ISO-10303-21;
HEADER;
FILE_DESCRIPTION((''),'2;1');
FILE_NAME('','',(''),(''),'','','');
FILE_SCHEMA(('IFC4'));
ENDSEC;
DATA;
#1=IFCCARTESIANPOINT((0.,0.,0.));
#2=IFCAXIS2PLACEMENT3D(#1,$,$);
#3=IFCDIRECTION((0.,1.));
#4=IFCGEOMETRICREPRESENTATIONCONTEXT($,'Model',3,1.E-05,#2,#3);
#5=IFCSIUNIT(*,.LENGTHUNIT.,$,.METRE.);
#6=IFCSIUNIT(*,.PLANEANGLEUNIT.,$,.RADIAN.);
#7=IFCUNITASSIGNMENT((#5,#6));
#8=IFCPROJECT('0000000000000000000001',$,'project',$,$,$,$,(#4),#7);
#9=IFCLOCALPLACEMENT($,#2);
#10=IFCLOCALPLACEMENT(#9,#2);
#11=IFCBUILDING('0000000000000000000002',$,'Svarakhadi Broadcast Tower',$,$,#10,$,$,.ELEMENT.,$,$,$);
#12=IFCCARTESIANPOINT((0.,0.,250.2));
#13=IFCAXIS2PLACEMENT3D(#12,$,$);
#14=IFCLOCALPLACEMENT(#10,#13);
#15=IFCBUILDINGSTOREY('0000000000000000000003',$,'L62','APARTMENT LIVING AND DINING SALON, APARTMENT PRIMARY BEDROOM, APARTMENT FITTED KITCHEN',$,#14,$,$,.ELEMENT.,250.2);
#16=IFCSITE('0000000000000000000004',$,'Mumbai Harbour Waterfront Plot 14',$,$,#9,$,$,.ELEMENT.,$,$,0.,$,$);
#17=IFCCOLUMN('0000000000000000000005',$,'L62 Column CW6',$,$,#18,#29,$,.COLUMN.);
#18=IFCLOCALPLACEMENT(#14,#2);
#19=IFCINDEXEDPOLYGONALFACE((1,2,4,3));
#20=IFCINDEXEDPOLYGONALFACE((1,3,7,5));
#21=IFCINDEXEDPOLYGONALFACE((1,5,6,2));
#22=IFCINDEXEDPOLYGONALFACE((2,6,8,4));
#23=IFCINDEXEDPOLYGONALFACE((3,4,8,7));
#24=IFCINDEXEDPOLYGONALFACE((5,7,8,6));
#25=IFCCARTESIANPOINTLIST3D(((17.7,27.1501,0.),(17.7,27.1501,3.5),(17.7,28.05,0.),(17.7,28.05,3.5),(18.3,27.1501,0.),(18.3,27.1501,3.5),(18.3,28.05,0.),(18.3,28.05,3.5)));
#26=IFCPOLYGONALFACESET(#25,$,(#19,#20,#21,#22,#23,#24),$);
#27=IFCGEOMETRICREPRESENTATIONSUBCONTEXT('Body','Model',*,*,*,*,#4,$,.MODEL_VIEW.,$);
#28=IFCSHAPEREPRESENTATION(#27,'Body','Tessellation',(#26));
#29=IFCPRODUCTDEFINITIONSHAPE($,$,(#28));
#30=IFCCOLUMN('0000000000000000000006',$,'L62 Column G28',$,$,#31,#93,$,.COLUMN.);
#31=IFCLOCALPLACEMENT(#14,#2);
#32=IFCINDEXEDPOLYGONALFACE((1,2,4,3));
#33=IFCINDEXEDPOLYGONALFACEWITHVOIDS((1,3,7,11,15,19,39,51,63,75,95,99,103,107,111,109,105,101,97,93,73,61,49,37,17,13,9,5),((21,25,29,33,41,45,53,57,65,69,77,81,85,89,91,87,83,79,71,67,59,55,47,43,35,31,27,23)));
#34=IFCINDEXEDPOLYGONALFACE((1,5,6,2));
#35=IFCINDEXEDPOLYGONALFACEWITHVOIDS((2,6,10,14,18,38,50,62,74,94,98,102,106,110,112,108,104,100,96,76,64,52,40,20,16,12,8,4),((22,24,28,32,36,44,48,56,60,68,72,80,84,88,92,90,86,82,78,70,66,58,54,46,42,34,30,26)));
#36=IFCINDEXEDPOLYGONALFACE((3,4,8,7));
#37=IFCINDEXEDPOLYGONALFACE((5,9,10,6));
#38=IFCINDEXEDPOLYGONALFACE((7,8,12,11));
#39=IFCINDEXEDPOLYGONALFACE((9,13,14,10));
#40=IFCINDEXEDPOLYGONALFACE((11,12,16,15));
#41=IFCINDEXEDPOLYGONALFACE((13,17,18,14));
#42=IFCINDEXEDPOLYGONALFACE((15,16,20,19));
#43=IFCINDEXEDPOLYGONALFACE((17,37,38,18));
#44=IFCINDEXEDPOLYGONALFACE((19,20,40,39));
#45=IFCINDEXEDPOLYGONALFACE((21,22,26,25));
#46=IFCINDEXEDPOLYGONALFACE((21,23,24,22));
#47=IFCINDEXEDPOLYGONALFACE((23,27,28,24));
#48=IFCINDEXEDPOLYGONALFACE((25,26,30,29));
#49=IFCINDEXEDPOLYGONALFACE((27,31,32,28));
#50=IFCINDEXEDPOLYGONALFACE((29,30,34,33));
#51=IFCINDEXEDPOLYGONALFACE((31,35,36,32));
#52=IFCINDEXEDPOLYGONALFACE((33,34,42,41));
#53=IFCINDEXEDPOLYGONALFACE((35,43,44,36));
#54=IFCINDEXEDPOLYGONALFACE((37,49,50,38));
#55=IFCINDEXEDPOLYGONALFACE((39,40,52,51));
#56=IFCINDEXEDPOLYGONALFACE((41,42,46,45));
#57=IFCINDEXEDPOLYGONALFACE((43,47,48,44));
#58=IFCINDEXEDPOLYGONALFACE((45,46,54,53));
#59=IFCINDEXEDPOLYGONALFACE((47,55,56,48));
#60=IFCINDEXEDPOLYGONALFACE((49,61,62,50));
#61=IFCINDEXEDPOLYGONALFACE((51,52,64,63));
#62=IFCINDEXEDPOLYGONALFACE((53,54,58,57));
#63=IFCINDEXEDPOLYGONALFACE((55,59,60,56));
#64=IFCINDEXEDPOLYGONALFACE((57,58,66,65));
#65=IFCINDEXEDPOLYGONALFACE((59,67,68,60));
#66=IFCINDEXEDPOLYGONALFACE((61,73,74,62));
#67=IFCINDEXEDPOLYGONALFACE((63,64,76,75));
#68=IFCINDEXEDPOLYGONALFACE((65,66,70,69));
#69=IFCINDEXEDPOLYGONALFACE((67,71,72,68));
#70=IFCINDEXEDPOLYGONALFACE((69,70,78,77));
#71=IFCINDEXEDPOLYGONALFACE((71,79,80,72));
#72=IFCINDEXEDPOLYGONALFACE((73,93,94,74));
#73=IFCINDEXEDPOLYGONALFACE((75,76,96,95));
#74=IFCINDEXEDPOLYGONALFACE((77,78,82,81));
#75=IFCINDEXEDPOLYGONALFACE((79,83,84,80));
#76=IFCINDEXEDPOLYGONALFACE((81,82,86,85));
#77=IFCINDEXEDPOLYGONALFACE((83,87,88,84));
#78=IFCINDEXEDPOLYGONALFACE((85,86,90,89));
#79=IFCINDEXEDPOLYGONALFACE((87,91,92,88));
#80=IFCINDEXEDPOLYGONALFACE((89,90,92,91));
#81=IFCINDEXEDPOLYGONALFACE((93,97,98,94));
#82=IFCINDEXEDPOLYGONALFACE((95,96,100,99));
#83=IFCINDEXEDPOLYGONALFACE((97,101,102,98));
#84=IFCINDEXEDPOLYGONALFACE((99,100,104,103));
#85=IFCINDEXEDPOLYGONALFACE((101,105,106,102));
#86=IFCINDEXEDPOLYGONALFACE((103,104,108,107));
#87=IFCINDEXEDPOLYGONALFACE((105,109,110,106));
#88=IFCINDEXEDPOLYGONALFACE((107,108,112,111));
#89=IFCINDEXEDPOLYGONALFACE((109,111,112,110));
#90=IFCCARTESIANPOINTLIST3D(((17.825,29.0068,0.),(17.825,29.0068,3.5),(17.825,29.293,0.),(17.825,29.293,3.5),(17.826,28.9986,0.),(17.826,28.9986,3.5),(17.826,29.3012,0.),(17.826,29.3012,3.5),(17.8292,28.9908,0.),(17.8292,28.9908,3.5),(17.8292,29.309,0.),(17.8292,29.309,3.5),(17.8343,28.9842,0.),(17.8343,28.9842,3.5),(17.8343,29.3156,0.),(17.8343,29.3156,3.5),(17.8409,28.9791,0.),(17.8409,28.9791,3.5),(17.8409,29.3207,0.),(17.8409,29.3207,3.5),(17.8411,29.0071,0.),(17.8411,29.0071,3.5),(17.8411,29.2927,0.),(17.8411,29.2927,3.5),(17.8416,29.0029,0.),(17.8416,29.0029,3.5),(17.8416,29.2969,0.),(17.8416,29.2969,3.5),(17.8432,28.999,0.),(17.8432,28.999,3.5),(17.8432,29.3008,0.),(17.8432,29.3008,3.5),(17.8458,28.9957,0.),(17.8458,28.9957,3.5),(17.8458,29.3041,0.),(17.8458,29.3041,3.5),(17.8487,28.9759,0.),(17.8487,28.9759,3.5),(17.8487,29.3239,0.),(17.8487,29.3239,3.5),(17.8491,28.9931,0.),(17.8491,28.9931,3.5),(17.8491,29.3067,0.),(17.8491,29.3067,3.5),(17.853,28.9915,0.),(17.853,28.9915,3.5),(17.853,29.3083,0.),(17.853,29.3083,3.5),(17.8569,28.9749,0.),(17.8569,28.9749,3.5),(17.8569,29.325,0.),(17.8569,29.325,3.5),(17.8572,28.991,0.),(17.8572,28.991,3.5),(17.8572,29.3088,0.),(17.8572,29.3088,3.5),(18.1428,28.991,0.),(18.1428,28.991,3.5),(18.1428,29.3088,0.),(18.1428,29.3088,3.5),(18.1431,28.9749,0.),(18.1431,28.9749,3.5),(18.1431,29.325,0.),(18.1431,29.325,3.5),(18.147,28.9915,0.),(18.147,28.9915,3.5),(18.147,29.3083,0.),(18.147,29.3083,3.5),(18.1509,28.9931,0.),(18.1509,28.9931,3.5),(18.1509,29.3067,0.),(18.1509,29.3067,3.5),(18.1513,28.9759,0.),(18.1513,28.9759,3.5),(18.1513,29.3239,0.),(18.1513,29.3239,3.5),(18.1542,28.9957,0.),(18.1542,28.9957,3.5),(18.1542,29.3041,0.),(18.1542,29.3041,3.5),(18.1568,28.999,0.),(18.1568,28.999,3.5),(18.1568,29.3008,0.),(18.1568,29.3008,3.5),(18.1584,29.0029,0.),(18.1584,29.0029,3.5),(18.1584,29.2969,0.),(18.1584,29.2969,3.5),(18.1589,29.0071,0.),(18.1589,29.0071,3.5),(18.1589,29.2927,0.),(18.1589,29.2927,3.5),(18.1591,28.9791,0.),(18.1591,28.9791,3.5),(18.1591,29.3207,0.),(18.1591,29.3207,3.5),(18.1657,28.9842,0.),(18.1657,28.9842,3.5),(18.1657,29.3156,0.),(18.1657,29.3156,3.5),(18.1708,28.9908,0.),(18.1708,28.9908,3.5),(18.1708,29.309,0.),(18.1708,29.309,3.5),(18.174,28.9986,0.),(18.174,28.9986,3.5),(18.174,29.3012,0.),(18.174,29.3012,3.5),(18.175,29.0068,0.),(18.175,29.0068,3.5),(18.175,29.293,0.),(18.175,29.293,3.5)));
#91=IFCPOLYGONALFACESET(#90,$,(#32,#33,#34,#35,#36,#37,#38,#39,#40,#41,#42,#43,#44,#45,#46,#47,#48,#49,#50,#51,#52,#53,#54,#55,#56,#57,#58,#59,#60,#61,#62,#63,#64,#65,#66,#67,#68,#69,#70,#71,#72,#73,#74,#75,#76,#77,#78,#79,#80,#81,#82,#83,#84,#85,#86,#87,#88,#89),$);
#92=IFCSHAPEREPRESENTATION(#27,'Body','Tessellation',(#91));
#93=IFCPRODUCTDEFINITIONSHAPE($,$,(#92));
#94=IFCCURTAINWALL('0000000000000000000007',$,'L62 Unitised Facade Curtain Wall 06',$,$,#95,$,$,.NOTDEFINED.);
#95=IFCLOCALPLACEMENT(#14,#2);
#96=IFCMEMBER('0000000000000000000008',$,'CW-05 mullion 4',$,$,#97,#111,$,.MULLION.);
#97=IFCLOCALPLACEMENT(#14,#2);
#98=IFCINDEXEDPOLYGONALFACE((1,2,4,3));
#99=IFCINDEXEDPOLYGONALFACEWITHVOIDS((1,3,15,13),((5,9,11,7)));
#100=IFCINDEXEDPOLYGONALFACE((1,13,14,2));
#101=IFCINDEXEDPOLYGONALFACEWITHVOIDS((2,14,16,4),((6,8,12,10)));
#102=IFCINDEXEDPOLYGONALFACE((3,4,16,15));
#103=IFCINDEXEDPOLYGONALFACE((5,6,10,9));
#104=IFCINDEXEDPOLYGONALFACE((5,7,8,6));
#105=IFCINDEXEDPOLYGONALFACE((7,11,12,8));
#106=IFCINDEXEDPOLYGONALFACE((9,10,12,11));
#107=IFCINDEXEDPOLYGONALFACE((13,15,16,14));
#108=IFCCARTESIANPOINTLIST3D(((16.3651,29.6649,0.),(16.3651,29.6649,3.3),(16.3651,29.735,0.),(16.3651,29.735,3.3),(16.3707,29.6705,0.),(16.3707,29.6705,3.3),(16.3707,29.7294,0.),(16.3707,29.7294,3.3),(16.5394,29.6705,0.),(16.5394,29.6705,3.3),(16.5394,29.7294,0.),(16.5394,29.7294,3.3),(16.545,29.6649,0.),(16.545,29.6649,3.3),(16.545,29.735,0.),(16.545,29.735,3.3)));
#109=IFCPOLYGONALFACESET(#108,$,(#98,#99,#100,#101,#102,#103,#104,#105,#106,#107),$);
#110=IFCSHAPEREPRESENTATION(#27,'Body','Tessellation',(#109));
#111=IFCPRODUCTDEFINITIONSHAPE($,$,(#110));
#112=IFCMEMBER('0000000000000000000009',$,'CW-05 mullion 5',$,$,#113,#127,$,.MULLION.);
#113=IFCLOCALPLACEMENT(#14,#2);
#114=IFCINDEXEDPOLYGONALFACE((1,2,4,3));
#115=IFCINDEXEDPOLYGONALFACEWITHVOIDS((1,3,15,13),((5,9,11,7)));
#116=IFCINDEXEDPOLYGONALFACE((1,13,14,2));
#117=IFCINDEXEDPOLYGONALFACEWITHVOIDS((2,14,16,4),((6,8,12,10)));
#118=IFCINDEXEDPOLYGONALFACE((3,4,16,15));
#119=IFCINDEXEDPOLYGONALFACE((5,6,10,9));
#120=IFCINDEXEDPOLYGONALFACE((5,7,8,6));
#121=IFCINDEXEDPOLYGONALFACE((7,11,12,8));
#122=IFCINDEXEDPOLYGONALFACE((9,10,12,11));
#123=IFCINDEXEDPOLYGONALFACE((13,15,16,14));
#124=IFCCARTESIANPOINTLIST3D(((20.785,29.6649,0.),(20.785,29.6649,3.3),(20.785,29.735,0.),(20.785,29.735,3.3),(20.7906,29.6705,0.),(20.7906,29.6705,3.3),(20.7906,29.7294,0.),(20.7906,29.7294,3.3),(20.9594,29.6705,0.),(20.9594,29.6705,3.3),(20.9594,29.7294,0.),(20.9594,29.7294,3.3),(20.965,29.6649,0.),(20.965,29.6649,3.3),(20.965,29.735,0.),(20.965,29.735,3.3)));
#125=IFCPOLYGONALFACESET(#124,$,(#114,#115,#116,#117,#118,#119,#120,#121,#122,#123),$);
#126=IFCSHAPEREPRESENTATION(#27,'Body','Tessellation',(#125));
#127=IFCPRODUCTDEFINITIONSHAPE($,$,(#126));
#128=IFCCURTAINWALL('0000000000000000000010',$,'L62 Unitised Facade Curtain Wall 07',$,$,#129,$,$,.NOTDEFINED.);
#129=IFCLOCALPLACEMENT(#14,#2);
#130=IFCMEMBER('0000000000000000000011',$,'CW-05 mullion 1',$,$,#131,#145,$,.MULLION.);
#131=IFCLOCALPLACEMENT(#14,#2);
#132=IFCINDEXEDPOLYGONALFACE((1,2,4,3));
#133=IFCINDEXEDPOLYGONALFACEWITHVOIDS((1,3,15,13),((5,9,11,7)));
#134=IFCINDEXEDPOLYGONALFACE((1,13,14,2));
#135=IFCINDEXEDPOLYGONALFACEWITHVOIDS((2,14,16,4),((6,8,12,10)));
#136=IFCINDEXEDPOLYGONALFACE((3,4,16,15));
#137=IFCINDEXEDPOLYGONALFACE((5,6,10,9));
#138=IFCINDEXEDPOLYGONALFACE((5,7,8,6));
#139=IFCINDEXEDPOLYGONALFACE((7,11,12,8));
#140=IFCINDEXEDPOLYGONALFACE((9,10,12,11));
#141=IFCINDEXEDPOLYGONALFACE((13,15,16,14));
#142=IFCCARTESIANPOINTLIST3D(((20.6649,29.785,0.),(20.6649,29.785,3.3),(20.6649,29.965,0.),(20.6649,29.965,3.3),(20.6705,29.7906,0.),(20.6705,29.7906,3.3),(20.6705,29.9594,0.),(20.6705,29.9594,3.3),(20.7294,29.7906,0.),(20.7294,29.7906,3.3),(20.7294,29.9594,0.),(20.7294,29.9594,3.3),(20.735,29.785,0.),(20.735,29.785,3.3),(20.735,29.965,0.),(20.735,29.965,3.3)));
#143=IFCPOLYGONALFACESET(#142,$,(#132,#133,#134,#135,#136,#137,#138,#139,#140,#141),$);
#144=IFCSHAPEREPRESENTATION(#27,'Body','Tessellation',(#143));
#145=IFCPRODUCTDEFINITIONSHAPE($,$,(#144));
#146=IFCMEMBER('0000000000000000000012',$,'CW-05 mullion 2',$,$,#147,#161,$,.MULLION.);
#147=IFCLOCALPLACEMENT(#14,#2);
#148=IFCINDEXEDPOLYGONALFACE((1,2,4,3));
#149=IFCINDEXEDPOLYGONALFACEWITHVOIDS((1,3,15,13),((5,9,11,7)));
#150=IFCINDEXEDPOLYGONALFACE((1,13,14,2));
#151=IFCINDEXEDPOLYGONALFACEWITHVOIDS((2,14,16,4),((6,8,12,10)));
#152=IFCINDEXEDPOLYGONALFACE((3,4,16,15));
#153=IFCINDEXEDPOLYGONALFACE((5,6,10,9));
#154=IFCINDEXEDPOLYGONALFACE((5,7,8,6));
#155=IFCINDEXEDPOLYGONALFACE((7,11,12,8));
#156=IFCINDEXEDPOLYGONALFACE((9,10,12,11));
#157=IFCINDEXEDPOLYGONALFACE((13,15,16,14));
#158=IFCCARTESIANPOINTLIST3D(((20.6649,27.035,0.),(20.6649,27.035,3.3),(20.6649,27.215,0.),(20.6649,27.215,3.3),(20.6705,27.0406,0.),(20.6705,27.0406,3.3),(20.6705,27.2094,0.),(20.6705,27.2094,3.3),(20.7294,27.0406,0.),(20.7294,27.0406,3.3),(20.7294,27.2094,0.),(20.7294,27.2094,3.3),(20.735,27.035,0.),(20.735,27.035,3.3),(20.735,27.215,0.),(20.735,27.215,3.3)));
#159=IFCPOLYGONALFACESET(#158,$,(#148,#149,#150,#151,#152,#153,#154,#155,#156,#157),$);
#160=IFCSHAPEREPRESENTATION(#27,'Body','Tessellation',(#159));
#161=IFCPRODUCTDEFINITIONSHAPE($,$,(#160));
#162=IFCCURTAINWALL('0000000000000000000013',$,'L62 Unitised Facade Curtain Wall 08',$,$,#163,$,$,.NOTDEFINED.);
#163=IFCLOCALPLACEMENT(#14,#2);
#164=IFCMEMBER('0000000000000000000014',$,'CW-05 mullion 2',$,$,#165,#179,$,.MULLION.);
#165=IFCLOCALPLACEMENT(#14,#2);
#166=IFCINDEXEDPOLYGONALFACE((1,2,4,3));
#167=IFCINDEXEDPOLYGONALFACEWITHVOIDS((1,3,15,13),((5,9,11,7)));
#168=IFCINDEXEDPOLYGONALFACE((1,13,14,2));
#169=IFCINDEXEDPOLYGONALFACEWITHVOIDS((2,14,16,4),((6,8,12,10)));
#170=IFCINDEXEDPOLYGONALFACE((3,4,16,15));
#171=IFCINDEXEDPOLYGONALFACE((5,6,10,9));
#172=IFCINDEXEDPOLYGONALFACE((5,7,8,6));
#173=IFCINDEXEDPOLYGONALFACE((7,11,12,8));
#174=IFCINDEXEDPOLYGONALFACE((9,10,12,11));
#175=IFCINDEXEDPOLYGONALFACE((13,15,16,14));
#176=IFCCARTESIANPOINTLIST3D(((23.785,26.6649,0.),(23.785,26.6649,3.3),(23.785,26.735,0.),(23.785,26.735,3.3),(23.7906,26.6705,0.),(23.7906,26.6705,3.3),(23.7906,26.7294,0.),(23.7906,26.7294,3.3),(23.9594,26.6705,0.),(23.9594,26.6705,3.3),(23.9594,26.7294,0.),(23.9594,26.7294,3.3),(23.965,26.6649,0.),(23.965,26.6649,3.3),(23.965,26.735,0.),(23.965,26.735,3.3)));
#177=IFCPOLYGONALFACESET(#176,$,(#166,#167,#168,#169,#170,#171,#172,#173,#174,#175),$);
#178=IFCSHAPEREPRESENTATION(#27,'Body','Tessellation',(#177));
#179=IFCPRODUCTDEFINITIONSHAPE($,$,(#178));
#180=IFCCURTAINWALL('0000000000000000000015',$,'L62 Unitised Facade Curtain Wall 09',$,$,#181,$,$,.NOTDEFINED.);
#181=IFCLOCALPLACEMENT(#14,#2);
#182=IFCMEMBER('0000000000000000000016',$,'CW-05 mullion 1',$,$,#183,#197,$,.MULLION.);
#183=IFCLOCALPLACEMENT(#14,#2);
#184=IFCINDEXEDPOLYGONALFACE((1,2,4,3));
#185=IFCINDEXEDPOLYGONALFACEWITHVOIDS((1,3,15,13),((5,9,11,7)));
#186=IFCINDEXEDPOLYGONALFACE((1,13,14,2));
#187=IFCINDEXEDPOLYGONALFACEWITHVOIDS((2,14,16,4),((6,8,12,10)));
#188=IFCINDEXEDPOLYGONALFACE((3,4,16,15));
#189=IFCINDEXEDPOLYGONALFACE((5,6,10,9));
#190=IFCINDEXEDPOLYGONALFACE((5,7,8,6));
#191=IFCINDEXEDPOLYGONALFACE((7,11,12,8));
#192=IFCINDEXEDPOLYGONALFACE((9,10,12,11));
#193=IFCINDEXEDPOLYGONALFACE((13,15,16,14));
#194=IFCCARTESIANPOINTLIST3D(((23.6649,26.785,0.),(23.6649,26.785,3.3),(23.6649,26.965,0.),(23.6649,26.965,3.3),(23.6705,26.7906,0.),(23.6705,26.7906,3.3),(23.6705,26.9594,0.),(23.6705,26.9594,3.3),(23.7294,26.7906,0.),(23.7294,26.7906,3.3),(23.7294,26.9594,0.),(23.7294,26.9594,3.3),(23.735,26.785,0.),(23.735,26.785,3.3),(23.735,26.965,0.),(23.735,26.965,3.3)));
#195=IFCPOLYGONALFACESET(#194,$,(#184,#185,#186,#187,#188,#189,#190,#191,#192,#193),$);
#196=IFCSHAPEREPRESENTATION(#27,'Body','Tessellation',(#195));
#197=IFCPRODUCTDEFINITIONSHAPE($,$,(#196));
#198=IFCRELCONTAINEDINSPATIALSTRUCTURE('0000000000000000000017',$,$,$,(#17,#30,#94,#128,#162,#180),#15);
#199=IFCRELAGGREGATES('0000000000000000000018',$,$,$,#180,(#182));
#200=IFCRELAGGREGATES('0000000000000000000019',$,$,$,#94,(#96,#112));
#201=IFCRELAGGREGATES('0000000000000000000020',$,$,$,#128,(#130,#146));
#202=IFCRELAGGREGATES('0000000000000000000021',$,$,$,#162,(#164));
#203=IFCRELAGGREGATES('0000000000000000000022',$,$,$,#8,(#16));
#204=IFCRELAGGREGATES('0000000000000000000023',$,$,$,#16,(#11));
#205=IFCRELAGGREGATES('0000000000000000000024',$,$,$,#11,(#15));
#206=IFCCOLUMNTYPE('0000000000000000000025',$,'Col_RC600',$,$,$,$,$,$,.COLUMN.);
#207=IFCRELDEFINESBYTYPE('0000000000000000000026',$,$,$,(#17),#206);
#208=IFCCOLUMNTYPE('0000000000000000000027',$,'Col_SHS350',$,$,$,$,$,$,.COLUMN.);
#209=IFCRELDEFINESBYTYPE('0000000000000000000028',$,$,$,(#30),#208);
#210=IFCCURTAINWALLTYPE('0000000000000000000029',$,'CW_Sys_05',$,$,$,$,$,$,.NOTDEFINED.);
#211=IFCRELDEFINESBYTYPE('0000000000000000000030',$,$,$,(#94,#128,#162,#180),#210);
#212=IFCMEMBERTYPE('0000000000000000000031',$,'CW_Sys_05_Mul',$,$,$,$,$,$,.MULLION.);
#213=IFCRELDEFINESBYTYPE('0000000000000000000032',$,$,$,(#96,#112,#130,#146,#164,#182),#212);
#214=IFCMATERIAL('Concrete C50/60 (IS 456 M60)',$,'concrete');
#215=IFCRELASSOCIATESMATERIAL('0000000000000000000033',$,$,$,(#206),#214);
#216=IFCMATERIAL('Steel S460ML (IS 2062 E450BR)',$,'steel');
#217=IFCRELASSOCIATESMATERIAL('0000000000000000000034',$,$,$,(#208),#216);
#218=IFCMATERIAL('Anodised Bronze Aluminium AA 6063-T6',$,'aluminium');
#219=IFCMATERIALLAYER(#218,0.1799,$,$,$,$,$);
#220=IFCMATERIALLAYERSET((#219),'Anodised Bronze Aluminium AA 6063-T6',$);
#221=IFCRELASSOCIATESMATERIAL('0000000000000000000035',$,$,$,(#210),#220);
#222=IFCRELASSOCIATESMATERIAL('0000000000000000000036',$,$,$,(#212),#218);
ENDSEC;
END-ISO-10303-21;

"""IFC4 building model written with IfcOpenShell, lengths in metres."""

from ifc_helpers import new_model, si_unit, direction, frame, origin, origin_2d, place, context, subcontext, project, spatial, rectangle, hollow_rectangle, extrude, material, layer, layer_set, material_profile, profile_set, type_object, element, aggregate, save


model = new_model("IFC4")

# Units and contexts
model_context = context("Model", 3, precision=1e-05, world=origin(), true_north=direction((0.0, 1.0)))
body_context = subcontext(model_context, "Body", "Model", "MODEL_VIEW")
ifc_project = project(units=[si_unit("LENGTHUNIT", "METRE"), si_unit("PLANEANGLEUNIT", "RADIAN")], contexts=[model_context])

# Site, building, storey
site_placement = place(None, origin())
site = spatial("IfcSite", under=ifc_project, at=site_placement, Name="Mumbai Harbour Waterfront Plot 14", CompositionType="ELEMENT", RefElevation=0.0)
building_placement = place(site_placement, origin())
building = spatial("IfcBuilding", under=site, at=building_placement, Name="Svarakhadi Broadcast Tower", CompositionType="ELEMENT")
storey_placement = place(building_placement, frame((0.0, 0.0, 250.2)))
storey = spatial("IfcBuildingStorey", under=building, at=storey_placement, Name="L62", Description="APARTMENT LIVING AND DINING SALON, APARTMENT PRIMARY BEDROOM, APARTMENT FITTED KITCHEN", CompositionType="ELEMENT", Elevation=250.2)

# Columns
ifc_material_1 = material(Name="Concrete C50/60 (IS 456 M60)", Category="concrete")
ifc_material_profile_1 = material_profile(ifc_material_1, rectangle(XDim=0.6001, YDim=0.8999, at=origin_2d()), Name="RC 600x900")
ifc_profile_set_1 = profile_set([ifc_material_profile_1], Name="Concrete C50/60 (IS 456 M60)")
column_type_1 = type_object("IfcColumnType", Name="Col_RC600", PredefinedType="COLUMN", material=ifc_profile_set_1)
column_1_placement = place(storey_placement, frame((18.0, 27.6001, 0.0), z_axis=(0.0, 0.0, 1.0), x_axis=(1.0, 0.0, 0.0)))
element("IfcColumn", 1, at=column_1_placement, inside=storey, type_object=column_type_1, Name="L62 Column CW6", PredefinedType="COLUMN", context=body_context, shape_type="SweptSolid", body=[
    extrude(rectangle(XDim=0.6001, YDim=0.8999, at=origin_2d()), origin(), (0.0, 0.0, 1.0), 3.5),
])
ifc_material_2 = material(Name="Steel S460ML (IS 2062 E450BR)", Category="steel")
ifc_material_profile_2 = material_profile(ifc_material_2, hollow_rectangle(XDim=0.3501, YDim=0.3501, WallThickness=0.0161, InnerFilletRadius=0.0161, OuterFilletRadius=0.032, at=origin_2d()), Name="SHS 350x350x16")
ifc_profile_set_2 = profile_set([ifc_material_profile_2], Name="Steel S460ML (IS 2062 E450BR)")
column_type_2 = type_object("IfcColumnType", Name="Col_SHS350", PredefinedType="COLUMN", material=ifc_profile_set_2)
column_2_placement = place(storey_placement, frame((18.0, 29.1499, 0.0), z_axis=(0.0, 0.0, 1.0), x_axis=(1.0, 0.0, 0.0)))
element("IfcColumn", 2, at=column_2_placement, inside=storey, type_object=column_type_2, Name="L62 Column G28", PredefinedType="COLUMN", context=body_context, shape_type="SweptSolid", body=[
    extrude(hollow_rectangle(XDim=0.3501, YDim=0.3501, WallThickness=0.0161, InnerFilletRadius=0.0161, OuterFilletRadius=0.032, at=origin_2d()), origin(), (0.0, 0.0, 1.0), 3.5),
])

# Curtain walls, members
ifc_material_3 = material(Name="Anodised Bronze Aluminium AA 6063-T6", Category="aluminium")
ifc_layer_1 = layer(ifc_material_3, 0.1799)
ifc_layer_set_1 = layer_set([ifc_layer_1], Name="Anodised Bronze Aluminium AA 6063-T6")
curtain_wall_type = type_object("IfcCurtainWallType", Name="CW_Sys_05", PredefinedType="NOTDEFINED", material=ifc_layer_set_1)
curtain_wall_1_placement = place(storey_placement, origin())
curtain_wall_1 = element("IfcCurtainWall", 3, at=curtain_wall_1_placement, inside=storey, type_object=curtain_wall_type, Name="L62 Unitised Facade Curtain Wall 06", PredefinedType="NOTDEFINED")
ifc_material_profile_3 = material_profile(ifc_material_3, hollow_rectangle(XDim=0.0701, YDim=0.1799, WallThickness=0.0056, at=origin_2d()), Name="ALU MULLION 180x70x6")
ifc_profile_set_3 = profile_set([ifc_material_profile_3], Name="Anodised Bronze Aluminium AA 6063-T6")
member_type_1 = type_object("IfcMemberType", Name="CW_Sys_05_Mul", PredefinedType="MULLION", material=ifc_profile_set_3)
member_1_placement = place(storey_placement, frame((16.4551, 29.7, 0.0), z_axis=(0.0, 0.0, 1.0), x_axis=(0.0, 1.0, 0.0)))
member_1 = element("IfcMember", 4, at=member_1_placement, type_object=member_type_1, Name="CW-05 mullion 4", PredefinedType="MULLION", context=body_context, shape_type="SweptSolid", body=[
    extrude(hollow_rectangle(XDim=0.0701, YDim=0.1799, WallThickness=0.0056, at=origin_2d()), origin(), (0.0, 0.0, 1.0), 3.3),
])
member_2_placement = place(storey_placement, frame((20.875, 29.7, 0.0), z_axis=(0.0, 0.0, 1.0), x_axis=(0.0, 1.0, 0.0)))
member_2 = element("IfcMember", 5, at=member_2_placement, type_object=member_type_1, Name="CW-05 mullion 5", PredefinedType="MULLION", context=body_context, shape_type="SweptSolid", body=[
    extrude(hollow_rectangle(XDim=0.0701, YDim=0.1799, WallThickness=0.0056, at=origin_2d()), origin(), (0.0, 0.0, 1.0), 3.3),
])
curtain_wall_2_placement = place(storey_placement, origin())
curtain_wall_2 = element("IfcCurtainWall", 6, at=curtain_wall_2_placement, inside=storey, type_object=curtain_wall_type, Name="L62 Unitised Facade Curtain Wall 07", PredefinedType="NOTDEFINED")
member_3_placement = place(storey_placement, frame((20.7, 29.875, 0.0), z_axis=(0.0, 0.0, 1.0), x_axis=(1.0, 0.0, 0.0)))
member_3 = element("IfcMember", 7, at=member_3_placement, type_object=member_type_1, Name="CW-05 mullion 1", PredefinedType="MULLION", context=body_context, shape_type="SweptSolid", body=[
    extrude(hollow_rectangle(XDim=0.0701, YDim=0.1799, WallThickness=0.0056, at=origin_2d()), origin(), (0.0, 0.0, 1.0), 3.3),
])
member_4_placement = place(storey_placement, frame((20.7, 27.125, 0.0), z_axis=(0.0, 0.0, 1.0), x_axis=(1.0, 0.0, 0.0)))
member_4 = element("IfcMember", 8, at=member_4_placement, type_object=member_type_1, Name="CW-05 mullion 2", PredefinedType="MULLION", context=body_context, shape_type="SweptSolid", body=[
    extrude(hollow_rectangle(XDim=0.0701, YDim=0.1799, WallThickness=0.0056, at=origin_2d()), origin(), (0.0, 0.0, 1.0), 3.3),
])

# Curtain walls, members
curtain_wall_3_placement = place(storey_placement, origin())
curtain_wall_3 = element("IfcCurtainWall", 9, at=curtain_wall_3_placement, inside=storey, type_object=curtain_wall_type, Name="L62 Unitised Facade Curtain Wall 08", PredefinedType="NOTDEFINED")
member_5_placement = place(storey_placement, frame((23.875, 26.7, 0.0), z_axis=(0.0, 0.0, 1.0), x_axis=(0.0, 1.0, 0.0)))
member_5 = element("IfcMember", 10, at=member_5_placement, type_object=member_type_1, Name="CW-05 mullion 2", PredefinedType="MULLION", context=body_context, shape_type="SweptSolid", body=[
    extrude(hollow_rectangle(XDim=0.0701, YDim=0.1799, WallThickness=0.0056, at=origin_2d()), origin(), (0.0, 0.0, 1.0), 3.3),
])
curtain_wall_4_placement = place(storey_placement, origin())
curtain_wall_4 = element("IfcCurtainWall", 11, at=curtain_wall_4_placement, inside=storey, type_object=curtain_wall_type, Name="L62 Unitised Facade Curtain Wall 09", PredefinedType="NOTDEFINED")
member_6_placement = place(storey_placement, frame((23.7, 26.875, 0.0), z_axis=(0.0, 0.0, 1.0), x_axis=(1.0, 0.0, 0.0)))
member_6 = element("IfcMember", 12, at=member_6_placement, type_object=member_type_1, Name="CW-05 mullion 1", PredefinedType="MULLION", context=body_context, shape_type="SweptSolid", body=[
    extrude(hollow_rectangle(XDim=0.0701, YDim=0.1799, WallThickness=0.0056, at=origin_2d()), origin(), (0.0, 0.0, 1.0), 3.3),
])

aggregate(curtain_wall_4, [member_6])

aggregate(curtain_wall_1, [member_1, member_2])
aggregate(curtain_wall_2, [member_3, member_4])
aggregate(curtain_wall_3, [member_5])

save(model, "model.ifc")
